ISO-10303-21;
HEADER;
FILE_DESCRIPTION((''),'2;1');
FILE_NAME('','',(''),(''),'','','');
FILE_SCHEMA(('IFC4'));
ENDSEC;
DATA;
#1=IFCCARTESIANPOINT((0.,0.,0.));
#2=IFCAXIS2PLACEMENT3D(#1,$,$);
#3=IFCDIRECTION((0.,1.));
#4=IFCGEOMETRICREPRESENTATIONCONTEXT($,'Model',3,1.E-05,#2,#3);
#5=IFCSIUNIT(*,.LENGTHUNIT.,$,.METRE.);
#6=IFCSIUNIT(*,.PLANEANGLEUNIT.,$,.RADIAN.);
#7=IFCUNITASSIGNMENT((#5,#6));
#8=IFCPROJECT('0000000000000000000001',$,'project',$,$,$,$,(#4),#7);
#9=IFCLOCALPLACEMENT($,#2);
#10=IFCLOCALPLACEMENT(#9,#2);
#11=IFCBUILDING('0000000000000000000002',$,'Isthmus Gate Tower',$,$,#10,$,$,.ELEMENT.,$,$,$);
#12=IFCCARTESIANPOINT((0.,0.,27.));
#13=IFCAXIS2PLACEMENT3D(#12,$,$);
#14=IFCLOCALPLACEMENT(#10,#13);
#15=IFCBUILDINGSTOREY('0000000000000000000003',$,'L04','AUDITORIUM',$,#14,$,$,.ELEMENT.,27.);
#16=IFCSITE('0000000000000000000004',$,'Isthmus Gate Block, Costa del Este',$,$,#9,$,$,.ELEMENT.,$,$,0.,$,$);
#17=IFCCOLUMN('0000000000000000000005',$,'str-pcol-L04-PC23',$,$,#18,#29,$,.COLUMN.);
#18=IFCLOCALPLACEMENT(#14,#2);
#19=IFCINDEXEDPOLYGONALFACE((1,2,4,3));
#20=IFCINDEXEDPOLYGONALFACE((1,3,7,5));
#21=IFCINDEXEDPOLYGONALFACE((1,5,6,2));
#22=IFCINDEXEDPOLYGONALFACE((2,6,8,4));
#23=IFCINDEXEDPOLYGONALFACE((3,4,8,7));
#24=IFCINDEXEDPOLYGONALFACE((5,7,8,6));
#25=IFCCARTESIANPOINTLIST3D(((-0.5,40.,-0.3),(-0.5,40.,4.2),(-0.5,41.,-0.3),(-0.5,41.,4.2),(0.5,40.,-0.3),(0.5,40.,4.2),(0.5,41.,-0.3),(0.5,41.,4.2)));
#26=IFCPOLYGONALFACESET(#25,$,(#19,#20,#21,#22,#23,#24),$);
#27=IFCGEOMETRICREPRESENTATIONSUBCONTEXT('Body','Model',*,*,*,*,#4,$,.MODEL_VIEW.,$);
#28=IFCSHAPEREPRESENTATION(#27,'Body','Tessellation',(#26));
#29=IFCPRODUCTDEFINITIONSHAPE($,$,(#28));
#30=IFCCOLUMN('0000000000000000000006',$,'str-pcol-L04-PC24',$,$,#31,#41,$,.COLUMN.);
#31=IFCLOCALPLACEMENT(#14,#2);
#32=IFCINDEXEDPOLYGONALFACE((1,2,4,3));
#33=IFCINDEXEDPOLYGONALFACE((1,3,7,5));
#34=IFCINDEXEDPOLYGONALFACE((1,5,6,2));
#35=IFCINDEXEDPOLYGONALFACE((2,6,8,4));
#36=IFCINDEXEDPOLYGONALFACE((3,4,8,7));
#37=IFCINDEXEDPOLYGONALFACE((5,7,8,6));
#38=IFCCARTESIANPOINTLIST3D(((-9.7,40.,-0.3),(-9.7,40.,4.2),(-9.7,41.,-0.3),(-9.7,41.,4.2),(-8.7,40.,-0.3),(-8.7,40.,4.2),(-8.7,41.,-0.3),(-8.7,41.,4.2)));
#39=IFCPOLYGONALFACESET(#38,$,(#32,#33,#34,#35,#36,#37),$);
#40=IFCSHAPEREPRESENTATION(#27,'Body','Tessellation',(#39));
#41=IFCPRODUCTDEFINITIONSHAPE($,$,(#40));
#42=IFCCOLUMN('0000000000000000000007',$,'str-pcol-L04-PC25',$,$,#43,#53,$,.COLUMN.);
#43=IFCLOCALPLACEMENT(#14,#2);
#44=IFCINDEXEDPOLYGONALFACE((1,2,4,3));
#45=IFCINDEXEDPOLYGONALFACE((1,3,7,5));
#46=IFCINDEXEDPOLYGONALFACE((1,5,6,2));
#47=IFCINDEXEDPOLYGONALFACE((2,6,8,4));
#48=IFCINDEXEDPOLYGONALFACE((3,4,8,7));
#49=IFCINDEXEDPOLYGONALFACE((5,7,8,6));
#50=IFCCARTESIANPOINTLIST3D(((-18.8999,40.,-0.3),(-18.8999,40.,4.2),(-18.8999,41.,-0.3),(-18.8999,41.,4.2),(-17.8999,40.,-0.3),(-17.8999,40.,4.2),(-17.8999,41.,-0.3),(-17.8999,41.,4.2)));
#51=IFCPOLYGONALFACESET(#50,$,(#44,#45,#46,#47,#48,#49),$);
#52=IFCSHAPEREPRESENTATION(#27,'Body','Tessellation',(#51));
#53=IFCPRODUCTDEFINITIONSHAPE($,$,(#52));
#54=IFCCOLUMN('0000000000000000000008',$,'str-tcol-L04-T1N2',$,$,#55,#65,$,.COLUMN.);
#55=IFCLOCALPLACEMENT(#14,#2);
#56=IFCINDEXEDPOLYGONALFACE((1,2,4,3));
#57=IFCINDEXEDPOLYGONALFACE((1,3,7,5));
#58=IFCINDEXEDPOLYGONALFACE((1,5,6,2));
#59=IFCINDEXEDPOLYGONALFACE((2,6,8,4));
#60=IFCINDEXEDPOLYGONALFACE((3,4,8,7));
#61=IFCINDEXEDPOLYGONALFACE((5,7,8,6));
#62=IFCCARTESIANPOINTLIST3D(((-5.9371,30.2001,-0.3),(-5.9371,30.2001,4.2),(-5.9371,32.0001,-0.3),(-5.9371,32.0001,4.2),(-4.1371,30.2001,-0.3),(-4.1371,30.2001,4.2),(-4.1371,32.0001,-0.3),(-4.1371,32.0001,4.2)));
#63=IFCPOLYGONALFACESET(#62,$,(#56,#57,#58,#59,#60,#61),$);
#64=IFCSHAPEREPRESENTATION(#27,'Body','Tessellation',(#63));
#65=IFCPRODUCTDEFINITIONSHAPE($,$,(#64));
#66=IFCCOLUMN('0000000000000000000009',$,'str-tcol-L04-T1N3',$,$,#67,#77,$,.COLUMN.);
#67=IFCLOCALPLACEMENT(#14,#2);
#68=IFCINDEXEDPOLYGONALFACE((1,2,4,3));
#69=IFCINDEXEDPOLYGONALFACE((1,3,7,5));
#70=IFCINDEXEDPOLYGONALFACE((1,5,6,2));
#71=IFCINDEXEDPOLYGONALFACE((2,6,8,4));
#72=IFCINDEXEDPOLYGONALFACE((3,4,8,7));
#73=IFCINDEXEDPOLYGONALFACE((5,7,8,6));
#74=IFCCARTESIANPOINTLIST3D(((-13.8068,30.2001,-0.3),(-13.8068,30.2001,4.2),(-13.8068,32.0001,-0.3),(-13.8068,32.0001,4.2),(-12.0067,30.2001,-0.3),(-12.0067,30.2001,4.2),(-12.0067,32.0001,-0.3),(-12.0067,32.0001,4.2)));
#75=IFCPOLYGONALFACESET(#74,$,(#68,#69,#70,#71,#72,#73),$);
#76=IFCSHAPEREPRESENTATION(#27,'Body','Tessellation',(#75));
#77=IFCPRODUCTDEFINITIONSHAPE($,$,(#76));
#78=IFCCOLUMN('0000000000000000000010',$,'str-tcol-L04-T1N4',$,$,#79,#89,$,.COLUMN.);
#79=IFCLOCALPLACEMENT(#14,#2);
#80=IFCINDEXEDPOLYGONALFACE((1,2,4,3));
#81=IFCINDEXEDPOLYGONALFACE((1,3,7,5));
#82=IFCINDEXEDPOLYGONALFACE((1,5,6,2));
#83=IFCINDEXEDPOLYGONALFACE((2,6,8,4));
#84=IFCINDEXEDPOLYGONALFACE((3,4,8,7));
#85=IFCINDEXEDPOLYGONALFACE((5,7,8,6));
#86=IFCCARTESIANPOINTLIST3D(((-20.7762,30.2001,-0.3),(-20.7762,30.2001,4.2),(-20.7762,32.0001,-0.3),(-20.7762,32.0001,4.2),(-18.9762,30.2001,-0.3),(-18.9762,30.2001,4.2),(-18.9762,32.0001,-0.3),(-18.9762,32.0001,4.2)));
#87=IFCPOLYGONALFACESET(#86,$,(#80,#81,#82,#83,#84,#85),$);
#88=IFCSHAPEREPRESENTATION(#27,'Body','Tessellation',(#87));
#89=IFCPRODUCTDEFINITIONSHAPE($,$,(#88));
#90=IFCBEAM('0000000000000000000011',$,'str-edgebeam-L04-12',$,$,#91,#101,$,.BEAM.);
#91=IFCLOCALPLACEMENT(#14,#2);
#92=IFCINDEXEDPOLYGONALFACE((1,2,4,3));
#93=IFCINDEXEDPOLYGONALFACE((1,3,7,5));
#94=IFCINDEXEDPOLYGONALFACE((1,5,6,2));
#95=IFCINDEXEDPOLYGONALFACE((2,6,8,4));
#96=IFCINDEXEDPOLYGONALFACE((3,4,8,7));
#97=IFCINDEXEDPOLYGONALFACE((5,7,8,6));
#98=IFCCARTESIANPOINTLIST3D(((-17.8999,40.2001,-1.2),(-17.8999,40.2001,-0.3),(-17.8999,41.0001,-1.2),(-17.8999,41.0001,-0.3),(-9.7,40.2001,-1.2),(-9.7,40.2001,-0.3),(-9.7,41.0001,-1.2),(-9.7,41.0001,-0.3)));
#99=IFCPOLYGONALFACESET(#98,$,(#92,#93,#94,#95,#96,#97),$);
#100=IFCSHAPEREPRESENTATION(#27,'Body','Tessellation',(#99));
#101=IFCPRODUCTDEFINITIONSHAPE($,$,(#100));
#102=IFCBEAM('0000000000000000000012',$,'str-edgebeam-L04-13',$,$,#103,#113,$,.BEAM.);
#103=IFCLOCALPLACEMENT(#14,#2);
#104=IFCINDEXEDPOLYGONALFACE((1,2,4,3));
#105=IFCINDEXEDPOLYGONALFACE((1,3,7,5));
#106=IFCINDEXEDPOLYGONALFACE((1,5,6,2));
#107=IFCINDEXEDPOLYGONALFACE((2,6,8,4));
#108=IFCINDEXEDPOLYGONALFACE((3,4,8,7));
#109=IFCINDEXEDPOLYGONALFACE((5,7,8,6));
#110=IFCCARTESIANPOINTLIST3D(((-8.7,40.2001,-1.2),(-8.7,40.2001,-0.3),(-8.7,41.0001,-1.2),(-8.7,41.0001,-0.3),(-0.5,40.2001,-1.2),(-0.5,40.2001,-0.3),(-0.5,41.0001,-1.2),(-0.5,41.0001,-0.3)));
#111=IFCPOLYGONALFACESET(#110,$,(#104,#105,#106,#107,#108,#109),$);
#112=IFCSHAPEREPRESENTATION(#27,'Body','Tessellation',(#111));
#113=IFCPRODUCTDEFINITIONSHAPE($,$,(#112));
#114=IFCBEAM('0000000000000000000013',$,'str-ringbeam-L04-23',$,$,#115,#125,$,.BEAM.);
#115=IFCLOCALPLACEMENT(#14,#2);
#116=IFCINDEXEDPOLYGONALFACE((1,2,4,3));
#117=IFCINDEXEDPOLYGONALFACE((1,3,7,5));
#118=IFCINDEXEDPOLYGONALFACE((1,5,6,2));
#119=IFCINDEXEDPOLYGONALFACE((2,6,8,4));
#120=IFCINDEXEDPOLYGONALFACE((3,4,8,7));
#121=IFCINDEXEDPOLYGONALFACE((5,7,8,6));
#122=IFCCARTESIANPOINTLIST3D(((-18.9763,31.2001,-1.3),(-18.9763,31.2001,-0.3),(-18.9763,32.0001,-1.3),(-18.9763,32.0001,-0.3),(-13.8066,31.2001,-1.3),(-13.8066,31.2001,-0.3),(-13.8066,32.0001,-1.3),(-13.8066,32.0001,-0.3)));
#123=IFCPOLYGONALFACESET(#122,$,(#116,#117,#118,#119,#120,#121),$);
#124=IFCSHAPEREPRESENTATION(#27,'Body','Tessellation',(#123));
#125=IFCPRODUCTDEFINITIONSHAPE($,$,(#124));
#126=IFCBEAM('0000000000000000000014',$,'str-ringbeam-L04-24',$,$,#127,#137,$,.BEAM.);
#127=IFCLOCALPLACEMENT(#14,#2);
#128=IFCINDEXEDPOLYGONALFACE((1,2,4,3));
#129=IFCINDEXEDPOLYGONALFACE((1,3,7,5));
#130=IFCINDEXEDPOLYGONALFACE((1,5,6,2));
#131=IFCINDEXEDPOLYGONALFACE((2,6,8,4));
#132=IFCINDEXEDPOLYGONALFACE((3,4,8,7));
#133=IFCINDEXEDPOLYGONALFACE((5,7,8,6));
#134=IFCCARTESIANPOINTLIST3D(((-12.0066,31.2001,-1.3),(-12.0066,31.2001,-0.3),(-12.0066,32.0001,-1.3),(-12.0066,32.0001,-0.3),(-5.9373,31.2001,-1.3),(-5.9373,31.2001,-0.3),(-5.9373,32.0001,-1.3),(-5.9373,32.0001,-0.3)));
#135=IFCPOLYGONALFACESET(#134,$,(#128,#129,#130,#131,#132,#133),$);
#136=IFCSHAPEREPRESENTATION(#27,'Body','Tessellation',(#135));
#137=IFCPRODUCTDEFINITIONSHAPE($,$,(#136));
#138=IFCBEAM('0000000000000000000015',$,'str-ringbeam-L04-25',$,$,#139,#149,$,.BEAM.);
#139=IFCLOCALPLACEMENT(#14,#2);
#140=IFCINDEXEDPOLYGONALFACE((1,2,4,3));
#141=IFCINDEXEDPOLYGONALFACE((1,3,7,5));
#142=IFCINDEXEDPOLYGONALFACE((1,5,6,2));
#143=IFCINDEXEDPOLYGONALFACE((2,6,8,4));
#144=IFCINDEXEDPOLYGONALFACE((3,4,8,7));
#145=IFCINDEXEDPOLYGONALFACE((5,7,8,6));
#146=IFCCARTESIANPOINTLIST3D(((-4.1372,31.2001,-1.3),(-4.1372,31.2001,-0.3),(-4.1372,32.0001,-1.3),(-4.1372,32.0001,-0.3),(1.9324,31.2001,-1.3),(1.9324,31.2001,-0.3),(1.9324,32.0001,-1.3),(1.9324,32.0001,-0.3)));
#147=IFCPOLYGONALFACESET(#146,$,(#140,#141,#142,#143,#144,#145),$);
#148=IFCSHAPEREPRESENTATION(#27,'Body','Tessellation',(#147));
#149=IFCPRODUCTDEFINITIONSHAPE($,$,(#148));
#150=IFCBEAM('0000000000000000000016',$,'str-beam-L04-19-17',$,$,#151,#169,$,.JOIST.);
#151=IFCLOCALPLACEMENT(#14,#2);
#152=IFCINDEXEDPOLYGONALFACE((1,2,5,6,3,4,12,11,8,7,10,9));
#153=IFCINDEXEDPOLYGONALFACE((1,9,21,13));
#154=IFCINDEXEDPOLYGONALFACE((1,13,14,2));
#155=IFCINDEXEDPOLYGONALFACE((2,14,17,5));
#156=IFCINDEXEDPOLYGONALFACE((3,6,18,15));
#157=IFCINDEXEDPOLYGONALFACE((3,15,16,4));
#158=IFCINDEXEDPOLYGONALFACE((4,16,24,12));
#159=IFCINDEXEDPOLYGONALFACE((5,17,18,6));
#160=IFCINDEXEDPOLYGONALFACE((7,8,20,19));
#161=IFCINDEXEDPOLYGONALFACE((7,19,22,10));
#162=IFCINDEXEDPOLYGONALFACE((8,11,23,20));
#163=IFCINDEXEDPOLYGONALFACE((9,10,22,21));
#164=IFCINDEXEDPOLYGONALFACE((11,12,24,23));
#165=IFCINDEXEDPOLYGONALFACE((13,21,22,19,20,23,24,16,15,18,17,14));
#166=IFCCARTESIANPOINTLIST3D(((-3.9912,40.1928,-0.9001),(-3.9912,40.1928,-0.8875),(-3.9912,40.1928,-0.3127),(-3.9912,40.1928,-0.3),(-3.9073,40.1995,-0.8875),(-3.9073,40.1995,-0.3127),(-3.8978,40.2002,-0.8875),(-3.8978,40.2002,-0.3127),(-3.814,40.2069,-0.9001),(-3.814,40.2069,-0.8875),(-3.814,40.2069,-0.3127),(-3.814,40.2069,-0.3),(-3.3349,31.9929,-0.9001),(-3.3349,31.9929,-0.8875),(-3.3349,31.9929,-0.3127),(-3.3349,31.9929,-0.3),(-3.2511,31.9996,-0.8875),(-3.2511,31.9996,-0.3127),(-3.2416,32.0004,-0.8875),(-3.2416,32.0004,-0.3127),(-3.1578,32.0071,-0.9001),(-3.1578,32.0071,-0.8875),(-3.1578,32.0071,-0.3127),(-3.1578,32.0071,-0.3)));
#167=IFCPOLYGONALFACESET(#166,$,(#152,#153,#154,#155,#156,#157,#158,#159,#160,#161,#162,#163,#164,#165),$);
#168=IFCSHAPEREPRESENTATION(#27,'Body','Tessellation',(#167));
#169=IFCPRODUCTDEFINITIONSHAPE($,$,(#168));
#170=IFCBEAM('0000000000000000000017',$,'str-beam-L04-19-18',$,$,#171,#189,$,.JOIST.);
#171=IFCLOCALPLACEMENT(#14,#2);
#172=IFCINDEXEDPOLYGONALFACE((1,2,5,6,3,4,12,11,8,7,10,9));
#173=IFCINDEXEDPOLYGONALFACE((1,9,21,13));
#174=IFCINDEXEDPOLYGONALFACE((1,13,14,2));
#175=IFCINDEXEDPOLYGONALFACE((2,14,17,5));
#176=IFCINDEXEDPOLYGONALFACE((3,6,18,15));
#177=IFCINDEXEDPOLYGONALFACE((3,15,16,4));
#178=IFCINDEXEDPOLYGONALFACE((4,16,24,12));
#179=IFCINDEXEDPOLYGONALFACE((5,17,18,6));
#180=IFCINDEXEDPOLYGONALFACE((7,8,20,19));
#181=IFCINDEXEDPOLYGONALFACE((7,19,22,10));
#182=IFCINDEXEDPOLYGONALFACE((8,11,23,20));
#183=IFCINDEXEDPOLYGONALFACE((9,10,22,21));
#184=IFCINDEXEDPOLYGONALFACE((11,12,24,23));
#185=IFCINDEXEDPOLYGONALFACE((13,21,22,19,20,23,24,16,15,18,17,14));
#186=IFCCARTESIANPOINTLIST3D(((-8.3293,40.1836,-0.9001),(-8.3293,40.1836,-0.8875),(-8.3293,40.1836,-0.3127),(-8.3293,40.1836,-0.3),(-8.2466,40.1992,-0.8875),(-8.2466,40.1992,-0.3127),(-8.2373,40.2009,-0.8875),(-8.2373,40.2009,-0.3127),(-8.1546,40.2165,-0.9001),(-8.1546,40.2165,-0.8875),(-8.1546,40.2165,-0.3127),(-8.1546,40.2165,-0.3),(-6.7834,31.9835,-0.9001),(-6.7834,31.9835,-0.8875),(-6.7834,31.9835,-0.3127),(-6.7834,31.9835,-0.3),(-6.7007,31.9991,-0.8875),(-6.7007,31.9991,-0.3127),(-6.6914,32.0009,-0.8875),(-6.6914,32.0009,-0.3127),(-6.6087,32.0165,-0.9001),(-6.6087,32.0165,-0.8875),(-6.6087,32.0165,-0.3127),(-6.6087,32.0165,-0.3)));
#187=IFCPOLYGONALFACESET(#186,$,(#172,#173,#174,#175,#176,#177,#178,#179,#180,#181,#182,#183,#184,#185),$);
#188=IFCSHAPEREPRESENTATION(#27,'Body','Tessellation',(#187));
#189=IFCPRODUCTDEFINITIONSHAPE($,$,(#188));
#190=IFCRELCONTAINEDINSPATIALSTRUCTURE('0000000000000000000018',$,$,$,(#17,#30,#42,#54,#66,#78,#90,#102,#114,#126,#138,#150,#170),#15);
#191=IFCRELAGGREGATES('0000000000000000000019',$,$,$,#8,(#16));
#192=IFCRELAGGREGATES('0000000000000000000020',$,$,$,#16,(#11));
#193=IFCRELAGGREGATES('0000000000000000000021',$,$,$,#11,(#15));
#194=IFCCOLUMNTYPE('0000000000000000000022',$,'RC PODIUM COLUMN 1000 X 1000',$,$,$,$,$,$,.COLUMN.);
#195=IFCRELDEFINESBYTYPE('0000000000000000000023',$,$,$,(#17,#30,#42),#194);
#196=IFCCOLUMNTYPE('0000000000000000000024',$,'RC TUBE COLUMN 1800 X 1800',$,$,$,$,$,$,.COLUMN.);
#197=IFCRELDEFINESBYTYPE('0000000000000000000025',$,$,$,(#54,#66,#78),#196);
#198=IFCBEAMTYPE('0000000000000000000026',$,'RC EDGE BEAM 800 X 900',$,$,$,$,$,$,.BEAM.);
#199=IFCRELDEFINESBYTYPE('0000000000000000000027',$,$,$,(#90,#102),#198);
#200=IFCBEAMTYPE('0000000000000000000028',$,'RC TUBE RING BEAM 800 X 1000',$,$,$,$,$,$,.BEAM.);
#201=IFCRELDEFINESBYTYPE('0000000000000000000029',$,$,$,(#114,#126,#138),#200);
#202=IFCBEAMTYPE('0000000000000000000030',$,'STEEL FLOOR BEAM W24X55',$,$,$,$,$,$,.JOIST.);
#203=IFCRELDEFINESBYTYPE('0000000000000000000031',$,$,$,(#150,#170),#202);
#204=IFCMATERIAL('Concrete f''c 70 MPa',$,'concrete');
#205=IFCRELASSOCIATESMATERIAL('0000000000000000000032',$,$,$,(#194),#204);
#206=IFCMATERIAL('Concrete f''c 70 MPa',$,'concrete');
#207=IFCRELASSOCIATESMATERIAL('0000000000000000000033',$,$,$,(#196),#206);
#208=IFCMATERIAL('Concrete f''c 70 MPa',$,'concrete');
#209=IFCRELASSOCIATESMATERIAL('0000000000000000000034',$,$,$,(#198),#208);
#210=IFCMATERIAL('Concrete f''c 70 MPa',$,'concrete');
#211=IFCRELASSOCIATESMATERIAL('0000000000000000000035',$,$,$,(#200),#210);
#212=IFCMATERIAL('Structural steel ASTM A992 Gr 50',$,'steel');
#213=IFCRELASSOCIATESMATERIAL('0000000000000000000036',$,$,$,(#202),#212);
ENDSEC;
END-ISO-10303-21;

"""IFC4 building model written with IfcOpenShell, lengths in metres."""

from ifc_helpers import new_model, si_unit, direction, frame, origin, origin_2d, place, context, subcontext, project, spatial, rectangle, i_section, extrude, material, material_profile, profile_set, type_object, element, save


model = new_model("IFC4")

# Units and contexts
model_context = context("Model", 3, precision=1e-05, world=origin(), true_north=direction((0.0, 1.0)))
body_context = subcontext(model_context, "Body", "Model", "MODEL_VIEW")
ifc_project = project(units=[si_unit("LENGTHUNIT", "METRE"), si_unit("PLANEANGLEUNIT", "RADIAN")], contexts=[model_context])

# Site, building, storey
site_placement = place(None, origin())
site = spatial("IfcSite", under=ifc_project, at=site_placement, Name="Isthmus Gate Block, Costa del Este", CompositionType="ELEMENT", RefElevation=0.0)
building_placement = place(site_placement, origin())
building = spatial("IfcBuilding", under=site, at=building_placement, Name="Isthmus Gate Tower", CompositionType="ELEMENT")
storey_placement = place(building_placement, frame((0.0, 0.0, 27.0)))
storey = spatial("IfcBuildingStorey", under=building, at=storey_placement, Name="L04", Description="AUDITORIUM", CompositionType="ELEMENT", Elevation=27.0)

# Columns
ifc_material_1 = material(Name="Concrete f'c 70 MPa", Category="concrete")
ifc_material_profile_1 = material_profile(ifc_material_1, rectangle(XDim=1.0, YDim=1.0, at=origin_2d()), Name="RC 1000X1000")
ifc_profile_set_1 = profile_set([ifc_material_profile_1], Name="Concrete f'c 70 MPa")
column_type_1 = type_object("IfcColumnType", Name="RC PODIUM COLUMN 1000 X 1000", PredefinedType="COLUMN", material=ifc_profile_set_1)
for number, where, z_axis, x_axis, name in (
    (1, (0.0, 40.5, -0.3), (0.0, 0.0, 1.0), (-1.0, 0.0, 0.0), "str-pcol-L04-PC23"),
    (2, (-9.2, 40.5, -0.3), (0.0, 0.0, 1.0), (-1.0, 0.0, 0.0), "str-pcol-L04-PC24"),
    (3, (-18.3999, 40.5, -0.3), (0.0, 0.0, 1.0), (-1.0, 0.0, 0.0), "str-pcol-L04-PC25"),
):
    element("IfcColumn", number, at=place(storey_placement, frame(where, z_axis=z_axis, x_axis=x_axis)), inside=storey, type_object=column_type_1, Name=name, PredefinedType="COLUMN", context=body_context, shape_type="SweptSolid", body=[
        extrude(rectangle(XDim=1.0, YDim=1.0, at=origin_2d()), origin(), (0.0, 0.0, 1.0), 4.5),
    ])
ifc_material_2 = material(Name="Concrete f'c 70 MPa", Category="concrete")
ifc_material_profile_2 = material_profile(ifc_material_2, rectangle(XDim=1.8, YDim=1.8, at=origin_2d()), Name="RC 1800X1800")
ifc_profile_set_2 = profile_set([ifc_material_profile_2], Name="Concrete f'c 70 MPa")
column_type_2 = type_object("IfcColumnType", Name="RC TUBE COLUMN 1800 X 1800", PredefinedType="COLUMN", material=ifc_profile_set_2)
for number, where, z_axis, x_axis, name in (
    (4, (-5.0371, 31.1001, -0.3), (0.0, 0.0, 1.0), (-1.0, 0.0, 0.0), "str-tcol-L04-T1N2"),
    (5, (-12.9067, 31.1001, -0.3), (0.0, 0.0, 1.0), (-1.0, 0.0, 0.0), "str-tcol-L04-T1N3"),
    (6, (-19.8762, 31.1001, -0.3), (0.0, 0.0, 1.0), (-1.0, 0.0, 0.0), "str-tcol-L04-T1N4"),
):
    element("IfcColumn", number, at=place(storey_placement, frame(where, z_axis=z_axis, x_axis=x_axis)), inside=storey, type_object=column_type_2, Name=name, PredefinedType="COLUMN", context=body_context, shape_type="SweptSolid", body=[
        extrude(rectangle(XDim=1.8, YDim=1.8, at=origin_2d()), origin(), (0.0, 0.0, 1.0), 4.5),
    ])

# Beams
ifc_material_3 = material(Name="Concrete f'c 70 MPa", Category="concrete")
ifc_material_profile_3 = material_profile(ifc_material_3, rectangle(XDim=0.8, YDim=0.8999, at=origin_2d()), Name="RC 800X900")
ifc_profile_set_3 = profile_set([ifc_material_profile_3], Name="Concrete f'c 70 MPa")
beam_type_1 = type_object("IfcBeamType", Name="RC EDGE BEAM 800 X 900", PredefinedType="BEAM", material=ifc_profile_set_3)
for number, where, z_axis, x_axis, name in (
    (7, (-17.8999, 40.6001, -0.75), (1.0, 0.0, 0.0), (0.0, 1.0, 0.0), "str-edgebeam-L04-12"),
    (8, (-8.7, 40.6001, -0.75), (1.0, 0.0, 0.0), (0.0, 1.0, 0.0), "str-edgebeam-L04-13"),
):
    element("IfcBeam", number, at=place(storey_placement, frame(where, z_axis=z_axis, x_axis=x_axis)), inside=storey, type_object=beam_type_1, Name=name, PredefinedType="BEAM", context=body_context, shape_type="SweptSolid", body=[
        extrude(rectangle(XDim=0.8, YDim=0.8999, at=origin_2d()), origin(), (0.0, 0.0, 1.0), 8.2),
    ])
ifc_material_4 = material(Name="Concrete f'c 70 MPa", Category="concrete")
ifc_material_profile_4 = material_profile(ifc_material_4, rectangle(XDim=0.8, YDim=1.0, at=origin_2d()), Name="RC 800X1000")
ifc_profile_set_4 = profile_set([ifc_material_profile_4], Name="Concrete f'c 70 MPa")
beam_type_2 = type_object("IfcBeamType", Name="RC TUBE RING BEAM 800 X 1000", PredefinedType="BEAM", material=ifc_profile_set_4)
beam_1_placement = place(storey_placement, frame((-18.9763, 31.6001, -0.8), z_axis=(1.0, 0.0, 0.0), x_axis=(0.0, 1.0, 0.0)))
element("IfcBeam", 9, at=beam_1_placement, inside=storey, type_object=beam_type_2, Name="str-ringbeam-L04-23", PredefinedType="BEAM", context=body_context, shape_type="SweptSolid", body=[
    extrude(rectangle(XDim=0.8, YDim=1.0, at=origin_2d()), origin(), (0.0, 0.0, 1.0), 5.1697),
])
beam_2_placement = place(storey_placement, frame((-12.0066, 31.6001, -0.8), z_axis=(1.0, 0.0, 0.0), x_axis=(0.0, 1.0, 0.0)))
element("IfcBeam", 10, at=beam_2_placement, inside=storey, type_object=beam_type_2, Name="str-ringbeam-L04-24", PredefinedType="BEAM", context=body_context, shape_type="SweptSolid", body=[
    extrude(rectangle(XDim=0.8, YDim=1.0, at=origin_2d()), origin(), (0.0, 0.0, 1.0), 6.0693),
])
beam_3_placement = place(storey_placement, frame((-4.1372, 31.6001, -0.8), z_axis=(1.0, 0.0, 0.0), x_axis=(0.0, 1.0, 0.0)))
element("IfcBeam", 11, at=beam_3_placement, inside=storey, type_object=beam_type_2, Name="str-ringbeam-L04-25", PredefinedType="BEAM", context=body_context, shape_type="SweptSolid", body=[
    extrude(rectangle(XDim=0.8, YDim=1.0, at=origin_2d()), origin(), (0.0, 0.0, 1.0), 6.0696),
])
ifc_material_5 = material(Name="Structural steel ASTM A992 Gr 50", Category="steel")
ifc_material_profile_5 = material_profile(ifc_material_5, i_section(OverallWidth=0.1777, OverallDepth=0.6001, WebThickness=0.0095, FlangeThickness=0.0127, at=origin_2d()), Name="W24X55")
ifc_profile_set_5 = profile_set([ifc_material_profile_5], Name="Structural steel ASTM A992 Gr 50")
beam_type_3 = type_object("IfcBeamType", Name="STEEL FLOOR BEAM W24X55", PredefinedType="JOIST", material=ifc_profile_set_5)
beam_4_placement = place(storey_placement, frame((-3.2463, 32.0, -0.6001), z_axis=(-0.079776, 0.996813, 0.0), x_axis=(-0.996813, -0.079776, 0.0)))
element("IfcBeam", 12, at=beam_4_placement, inside=storey, type_object=beam_type_3, Name="str-beam-L04-19-17", PredefinedType="JOIST", context=body_context, shape_type="SweptSolid", body=[
    extrude(i_section(OverallWidth=0.1777, OverallDepth=0.6001, WebThickness=0.0095, FlangeThickness=0.0127, at=origin_2d()), origin(), (0.0, 0.0, 1.0), 8.2261),
])
beam_5_placement = place(storey_placement, frame((-6.696, 32.0, -0.6001), z_axis=(-0.185262, 0.982689, 0.0), x_axis=(-0.982689, -0.185262, 0.0)))
element("IfcBeam", 13, at=beam_5_placement, inside=storey, type_object=beam_type_3, Name="str-beam-L04-19-18", PredefinedType="JOIST", context=body_context, shape_type="SweptSolid", body=[
    extrude(i_section(OverallWidth=0.1777, OverallDepth=0.6001, WebThickness=0.0095, FlangeThickness=0.0127, at=origin_2d()), origin(), (0.0, 0.0, 1.0), 8.3445),
])

save(model, "model.ifc")
